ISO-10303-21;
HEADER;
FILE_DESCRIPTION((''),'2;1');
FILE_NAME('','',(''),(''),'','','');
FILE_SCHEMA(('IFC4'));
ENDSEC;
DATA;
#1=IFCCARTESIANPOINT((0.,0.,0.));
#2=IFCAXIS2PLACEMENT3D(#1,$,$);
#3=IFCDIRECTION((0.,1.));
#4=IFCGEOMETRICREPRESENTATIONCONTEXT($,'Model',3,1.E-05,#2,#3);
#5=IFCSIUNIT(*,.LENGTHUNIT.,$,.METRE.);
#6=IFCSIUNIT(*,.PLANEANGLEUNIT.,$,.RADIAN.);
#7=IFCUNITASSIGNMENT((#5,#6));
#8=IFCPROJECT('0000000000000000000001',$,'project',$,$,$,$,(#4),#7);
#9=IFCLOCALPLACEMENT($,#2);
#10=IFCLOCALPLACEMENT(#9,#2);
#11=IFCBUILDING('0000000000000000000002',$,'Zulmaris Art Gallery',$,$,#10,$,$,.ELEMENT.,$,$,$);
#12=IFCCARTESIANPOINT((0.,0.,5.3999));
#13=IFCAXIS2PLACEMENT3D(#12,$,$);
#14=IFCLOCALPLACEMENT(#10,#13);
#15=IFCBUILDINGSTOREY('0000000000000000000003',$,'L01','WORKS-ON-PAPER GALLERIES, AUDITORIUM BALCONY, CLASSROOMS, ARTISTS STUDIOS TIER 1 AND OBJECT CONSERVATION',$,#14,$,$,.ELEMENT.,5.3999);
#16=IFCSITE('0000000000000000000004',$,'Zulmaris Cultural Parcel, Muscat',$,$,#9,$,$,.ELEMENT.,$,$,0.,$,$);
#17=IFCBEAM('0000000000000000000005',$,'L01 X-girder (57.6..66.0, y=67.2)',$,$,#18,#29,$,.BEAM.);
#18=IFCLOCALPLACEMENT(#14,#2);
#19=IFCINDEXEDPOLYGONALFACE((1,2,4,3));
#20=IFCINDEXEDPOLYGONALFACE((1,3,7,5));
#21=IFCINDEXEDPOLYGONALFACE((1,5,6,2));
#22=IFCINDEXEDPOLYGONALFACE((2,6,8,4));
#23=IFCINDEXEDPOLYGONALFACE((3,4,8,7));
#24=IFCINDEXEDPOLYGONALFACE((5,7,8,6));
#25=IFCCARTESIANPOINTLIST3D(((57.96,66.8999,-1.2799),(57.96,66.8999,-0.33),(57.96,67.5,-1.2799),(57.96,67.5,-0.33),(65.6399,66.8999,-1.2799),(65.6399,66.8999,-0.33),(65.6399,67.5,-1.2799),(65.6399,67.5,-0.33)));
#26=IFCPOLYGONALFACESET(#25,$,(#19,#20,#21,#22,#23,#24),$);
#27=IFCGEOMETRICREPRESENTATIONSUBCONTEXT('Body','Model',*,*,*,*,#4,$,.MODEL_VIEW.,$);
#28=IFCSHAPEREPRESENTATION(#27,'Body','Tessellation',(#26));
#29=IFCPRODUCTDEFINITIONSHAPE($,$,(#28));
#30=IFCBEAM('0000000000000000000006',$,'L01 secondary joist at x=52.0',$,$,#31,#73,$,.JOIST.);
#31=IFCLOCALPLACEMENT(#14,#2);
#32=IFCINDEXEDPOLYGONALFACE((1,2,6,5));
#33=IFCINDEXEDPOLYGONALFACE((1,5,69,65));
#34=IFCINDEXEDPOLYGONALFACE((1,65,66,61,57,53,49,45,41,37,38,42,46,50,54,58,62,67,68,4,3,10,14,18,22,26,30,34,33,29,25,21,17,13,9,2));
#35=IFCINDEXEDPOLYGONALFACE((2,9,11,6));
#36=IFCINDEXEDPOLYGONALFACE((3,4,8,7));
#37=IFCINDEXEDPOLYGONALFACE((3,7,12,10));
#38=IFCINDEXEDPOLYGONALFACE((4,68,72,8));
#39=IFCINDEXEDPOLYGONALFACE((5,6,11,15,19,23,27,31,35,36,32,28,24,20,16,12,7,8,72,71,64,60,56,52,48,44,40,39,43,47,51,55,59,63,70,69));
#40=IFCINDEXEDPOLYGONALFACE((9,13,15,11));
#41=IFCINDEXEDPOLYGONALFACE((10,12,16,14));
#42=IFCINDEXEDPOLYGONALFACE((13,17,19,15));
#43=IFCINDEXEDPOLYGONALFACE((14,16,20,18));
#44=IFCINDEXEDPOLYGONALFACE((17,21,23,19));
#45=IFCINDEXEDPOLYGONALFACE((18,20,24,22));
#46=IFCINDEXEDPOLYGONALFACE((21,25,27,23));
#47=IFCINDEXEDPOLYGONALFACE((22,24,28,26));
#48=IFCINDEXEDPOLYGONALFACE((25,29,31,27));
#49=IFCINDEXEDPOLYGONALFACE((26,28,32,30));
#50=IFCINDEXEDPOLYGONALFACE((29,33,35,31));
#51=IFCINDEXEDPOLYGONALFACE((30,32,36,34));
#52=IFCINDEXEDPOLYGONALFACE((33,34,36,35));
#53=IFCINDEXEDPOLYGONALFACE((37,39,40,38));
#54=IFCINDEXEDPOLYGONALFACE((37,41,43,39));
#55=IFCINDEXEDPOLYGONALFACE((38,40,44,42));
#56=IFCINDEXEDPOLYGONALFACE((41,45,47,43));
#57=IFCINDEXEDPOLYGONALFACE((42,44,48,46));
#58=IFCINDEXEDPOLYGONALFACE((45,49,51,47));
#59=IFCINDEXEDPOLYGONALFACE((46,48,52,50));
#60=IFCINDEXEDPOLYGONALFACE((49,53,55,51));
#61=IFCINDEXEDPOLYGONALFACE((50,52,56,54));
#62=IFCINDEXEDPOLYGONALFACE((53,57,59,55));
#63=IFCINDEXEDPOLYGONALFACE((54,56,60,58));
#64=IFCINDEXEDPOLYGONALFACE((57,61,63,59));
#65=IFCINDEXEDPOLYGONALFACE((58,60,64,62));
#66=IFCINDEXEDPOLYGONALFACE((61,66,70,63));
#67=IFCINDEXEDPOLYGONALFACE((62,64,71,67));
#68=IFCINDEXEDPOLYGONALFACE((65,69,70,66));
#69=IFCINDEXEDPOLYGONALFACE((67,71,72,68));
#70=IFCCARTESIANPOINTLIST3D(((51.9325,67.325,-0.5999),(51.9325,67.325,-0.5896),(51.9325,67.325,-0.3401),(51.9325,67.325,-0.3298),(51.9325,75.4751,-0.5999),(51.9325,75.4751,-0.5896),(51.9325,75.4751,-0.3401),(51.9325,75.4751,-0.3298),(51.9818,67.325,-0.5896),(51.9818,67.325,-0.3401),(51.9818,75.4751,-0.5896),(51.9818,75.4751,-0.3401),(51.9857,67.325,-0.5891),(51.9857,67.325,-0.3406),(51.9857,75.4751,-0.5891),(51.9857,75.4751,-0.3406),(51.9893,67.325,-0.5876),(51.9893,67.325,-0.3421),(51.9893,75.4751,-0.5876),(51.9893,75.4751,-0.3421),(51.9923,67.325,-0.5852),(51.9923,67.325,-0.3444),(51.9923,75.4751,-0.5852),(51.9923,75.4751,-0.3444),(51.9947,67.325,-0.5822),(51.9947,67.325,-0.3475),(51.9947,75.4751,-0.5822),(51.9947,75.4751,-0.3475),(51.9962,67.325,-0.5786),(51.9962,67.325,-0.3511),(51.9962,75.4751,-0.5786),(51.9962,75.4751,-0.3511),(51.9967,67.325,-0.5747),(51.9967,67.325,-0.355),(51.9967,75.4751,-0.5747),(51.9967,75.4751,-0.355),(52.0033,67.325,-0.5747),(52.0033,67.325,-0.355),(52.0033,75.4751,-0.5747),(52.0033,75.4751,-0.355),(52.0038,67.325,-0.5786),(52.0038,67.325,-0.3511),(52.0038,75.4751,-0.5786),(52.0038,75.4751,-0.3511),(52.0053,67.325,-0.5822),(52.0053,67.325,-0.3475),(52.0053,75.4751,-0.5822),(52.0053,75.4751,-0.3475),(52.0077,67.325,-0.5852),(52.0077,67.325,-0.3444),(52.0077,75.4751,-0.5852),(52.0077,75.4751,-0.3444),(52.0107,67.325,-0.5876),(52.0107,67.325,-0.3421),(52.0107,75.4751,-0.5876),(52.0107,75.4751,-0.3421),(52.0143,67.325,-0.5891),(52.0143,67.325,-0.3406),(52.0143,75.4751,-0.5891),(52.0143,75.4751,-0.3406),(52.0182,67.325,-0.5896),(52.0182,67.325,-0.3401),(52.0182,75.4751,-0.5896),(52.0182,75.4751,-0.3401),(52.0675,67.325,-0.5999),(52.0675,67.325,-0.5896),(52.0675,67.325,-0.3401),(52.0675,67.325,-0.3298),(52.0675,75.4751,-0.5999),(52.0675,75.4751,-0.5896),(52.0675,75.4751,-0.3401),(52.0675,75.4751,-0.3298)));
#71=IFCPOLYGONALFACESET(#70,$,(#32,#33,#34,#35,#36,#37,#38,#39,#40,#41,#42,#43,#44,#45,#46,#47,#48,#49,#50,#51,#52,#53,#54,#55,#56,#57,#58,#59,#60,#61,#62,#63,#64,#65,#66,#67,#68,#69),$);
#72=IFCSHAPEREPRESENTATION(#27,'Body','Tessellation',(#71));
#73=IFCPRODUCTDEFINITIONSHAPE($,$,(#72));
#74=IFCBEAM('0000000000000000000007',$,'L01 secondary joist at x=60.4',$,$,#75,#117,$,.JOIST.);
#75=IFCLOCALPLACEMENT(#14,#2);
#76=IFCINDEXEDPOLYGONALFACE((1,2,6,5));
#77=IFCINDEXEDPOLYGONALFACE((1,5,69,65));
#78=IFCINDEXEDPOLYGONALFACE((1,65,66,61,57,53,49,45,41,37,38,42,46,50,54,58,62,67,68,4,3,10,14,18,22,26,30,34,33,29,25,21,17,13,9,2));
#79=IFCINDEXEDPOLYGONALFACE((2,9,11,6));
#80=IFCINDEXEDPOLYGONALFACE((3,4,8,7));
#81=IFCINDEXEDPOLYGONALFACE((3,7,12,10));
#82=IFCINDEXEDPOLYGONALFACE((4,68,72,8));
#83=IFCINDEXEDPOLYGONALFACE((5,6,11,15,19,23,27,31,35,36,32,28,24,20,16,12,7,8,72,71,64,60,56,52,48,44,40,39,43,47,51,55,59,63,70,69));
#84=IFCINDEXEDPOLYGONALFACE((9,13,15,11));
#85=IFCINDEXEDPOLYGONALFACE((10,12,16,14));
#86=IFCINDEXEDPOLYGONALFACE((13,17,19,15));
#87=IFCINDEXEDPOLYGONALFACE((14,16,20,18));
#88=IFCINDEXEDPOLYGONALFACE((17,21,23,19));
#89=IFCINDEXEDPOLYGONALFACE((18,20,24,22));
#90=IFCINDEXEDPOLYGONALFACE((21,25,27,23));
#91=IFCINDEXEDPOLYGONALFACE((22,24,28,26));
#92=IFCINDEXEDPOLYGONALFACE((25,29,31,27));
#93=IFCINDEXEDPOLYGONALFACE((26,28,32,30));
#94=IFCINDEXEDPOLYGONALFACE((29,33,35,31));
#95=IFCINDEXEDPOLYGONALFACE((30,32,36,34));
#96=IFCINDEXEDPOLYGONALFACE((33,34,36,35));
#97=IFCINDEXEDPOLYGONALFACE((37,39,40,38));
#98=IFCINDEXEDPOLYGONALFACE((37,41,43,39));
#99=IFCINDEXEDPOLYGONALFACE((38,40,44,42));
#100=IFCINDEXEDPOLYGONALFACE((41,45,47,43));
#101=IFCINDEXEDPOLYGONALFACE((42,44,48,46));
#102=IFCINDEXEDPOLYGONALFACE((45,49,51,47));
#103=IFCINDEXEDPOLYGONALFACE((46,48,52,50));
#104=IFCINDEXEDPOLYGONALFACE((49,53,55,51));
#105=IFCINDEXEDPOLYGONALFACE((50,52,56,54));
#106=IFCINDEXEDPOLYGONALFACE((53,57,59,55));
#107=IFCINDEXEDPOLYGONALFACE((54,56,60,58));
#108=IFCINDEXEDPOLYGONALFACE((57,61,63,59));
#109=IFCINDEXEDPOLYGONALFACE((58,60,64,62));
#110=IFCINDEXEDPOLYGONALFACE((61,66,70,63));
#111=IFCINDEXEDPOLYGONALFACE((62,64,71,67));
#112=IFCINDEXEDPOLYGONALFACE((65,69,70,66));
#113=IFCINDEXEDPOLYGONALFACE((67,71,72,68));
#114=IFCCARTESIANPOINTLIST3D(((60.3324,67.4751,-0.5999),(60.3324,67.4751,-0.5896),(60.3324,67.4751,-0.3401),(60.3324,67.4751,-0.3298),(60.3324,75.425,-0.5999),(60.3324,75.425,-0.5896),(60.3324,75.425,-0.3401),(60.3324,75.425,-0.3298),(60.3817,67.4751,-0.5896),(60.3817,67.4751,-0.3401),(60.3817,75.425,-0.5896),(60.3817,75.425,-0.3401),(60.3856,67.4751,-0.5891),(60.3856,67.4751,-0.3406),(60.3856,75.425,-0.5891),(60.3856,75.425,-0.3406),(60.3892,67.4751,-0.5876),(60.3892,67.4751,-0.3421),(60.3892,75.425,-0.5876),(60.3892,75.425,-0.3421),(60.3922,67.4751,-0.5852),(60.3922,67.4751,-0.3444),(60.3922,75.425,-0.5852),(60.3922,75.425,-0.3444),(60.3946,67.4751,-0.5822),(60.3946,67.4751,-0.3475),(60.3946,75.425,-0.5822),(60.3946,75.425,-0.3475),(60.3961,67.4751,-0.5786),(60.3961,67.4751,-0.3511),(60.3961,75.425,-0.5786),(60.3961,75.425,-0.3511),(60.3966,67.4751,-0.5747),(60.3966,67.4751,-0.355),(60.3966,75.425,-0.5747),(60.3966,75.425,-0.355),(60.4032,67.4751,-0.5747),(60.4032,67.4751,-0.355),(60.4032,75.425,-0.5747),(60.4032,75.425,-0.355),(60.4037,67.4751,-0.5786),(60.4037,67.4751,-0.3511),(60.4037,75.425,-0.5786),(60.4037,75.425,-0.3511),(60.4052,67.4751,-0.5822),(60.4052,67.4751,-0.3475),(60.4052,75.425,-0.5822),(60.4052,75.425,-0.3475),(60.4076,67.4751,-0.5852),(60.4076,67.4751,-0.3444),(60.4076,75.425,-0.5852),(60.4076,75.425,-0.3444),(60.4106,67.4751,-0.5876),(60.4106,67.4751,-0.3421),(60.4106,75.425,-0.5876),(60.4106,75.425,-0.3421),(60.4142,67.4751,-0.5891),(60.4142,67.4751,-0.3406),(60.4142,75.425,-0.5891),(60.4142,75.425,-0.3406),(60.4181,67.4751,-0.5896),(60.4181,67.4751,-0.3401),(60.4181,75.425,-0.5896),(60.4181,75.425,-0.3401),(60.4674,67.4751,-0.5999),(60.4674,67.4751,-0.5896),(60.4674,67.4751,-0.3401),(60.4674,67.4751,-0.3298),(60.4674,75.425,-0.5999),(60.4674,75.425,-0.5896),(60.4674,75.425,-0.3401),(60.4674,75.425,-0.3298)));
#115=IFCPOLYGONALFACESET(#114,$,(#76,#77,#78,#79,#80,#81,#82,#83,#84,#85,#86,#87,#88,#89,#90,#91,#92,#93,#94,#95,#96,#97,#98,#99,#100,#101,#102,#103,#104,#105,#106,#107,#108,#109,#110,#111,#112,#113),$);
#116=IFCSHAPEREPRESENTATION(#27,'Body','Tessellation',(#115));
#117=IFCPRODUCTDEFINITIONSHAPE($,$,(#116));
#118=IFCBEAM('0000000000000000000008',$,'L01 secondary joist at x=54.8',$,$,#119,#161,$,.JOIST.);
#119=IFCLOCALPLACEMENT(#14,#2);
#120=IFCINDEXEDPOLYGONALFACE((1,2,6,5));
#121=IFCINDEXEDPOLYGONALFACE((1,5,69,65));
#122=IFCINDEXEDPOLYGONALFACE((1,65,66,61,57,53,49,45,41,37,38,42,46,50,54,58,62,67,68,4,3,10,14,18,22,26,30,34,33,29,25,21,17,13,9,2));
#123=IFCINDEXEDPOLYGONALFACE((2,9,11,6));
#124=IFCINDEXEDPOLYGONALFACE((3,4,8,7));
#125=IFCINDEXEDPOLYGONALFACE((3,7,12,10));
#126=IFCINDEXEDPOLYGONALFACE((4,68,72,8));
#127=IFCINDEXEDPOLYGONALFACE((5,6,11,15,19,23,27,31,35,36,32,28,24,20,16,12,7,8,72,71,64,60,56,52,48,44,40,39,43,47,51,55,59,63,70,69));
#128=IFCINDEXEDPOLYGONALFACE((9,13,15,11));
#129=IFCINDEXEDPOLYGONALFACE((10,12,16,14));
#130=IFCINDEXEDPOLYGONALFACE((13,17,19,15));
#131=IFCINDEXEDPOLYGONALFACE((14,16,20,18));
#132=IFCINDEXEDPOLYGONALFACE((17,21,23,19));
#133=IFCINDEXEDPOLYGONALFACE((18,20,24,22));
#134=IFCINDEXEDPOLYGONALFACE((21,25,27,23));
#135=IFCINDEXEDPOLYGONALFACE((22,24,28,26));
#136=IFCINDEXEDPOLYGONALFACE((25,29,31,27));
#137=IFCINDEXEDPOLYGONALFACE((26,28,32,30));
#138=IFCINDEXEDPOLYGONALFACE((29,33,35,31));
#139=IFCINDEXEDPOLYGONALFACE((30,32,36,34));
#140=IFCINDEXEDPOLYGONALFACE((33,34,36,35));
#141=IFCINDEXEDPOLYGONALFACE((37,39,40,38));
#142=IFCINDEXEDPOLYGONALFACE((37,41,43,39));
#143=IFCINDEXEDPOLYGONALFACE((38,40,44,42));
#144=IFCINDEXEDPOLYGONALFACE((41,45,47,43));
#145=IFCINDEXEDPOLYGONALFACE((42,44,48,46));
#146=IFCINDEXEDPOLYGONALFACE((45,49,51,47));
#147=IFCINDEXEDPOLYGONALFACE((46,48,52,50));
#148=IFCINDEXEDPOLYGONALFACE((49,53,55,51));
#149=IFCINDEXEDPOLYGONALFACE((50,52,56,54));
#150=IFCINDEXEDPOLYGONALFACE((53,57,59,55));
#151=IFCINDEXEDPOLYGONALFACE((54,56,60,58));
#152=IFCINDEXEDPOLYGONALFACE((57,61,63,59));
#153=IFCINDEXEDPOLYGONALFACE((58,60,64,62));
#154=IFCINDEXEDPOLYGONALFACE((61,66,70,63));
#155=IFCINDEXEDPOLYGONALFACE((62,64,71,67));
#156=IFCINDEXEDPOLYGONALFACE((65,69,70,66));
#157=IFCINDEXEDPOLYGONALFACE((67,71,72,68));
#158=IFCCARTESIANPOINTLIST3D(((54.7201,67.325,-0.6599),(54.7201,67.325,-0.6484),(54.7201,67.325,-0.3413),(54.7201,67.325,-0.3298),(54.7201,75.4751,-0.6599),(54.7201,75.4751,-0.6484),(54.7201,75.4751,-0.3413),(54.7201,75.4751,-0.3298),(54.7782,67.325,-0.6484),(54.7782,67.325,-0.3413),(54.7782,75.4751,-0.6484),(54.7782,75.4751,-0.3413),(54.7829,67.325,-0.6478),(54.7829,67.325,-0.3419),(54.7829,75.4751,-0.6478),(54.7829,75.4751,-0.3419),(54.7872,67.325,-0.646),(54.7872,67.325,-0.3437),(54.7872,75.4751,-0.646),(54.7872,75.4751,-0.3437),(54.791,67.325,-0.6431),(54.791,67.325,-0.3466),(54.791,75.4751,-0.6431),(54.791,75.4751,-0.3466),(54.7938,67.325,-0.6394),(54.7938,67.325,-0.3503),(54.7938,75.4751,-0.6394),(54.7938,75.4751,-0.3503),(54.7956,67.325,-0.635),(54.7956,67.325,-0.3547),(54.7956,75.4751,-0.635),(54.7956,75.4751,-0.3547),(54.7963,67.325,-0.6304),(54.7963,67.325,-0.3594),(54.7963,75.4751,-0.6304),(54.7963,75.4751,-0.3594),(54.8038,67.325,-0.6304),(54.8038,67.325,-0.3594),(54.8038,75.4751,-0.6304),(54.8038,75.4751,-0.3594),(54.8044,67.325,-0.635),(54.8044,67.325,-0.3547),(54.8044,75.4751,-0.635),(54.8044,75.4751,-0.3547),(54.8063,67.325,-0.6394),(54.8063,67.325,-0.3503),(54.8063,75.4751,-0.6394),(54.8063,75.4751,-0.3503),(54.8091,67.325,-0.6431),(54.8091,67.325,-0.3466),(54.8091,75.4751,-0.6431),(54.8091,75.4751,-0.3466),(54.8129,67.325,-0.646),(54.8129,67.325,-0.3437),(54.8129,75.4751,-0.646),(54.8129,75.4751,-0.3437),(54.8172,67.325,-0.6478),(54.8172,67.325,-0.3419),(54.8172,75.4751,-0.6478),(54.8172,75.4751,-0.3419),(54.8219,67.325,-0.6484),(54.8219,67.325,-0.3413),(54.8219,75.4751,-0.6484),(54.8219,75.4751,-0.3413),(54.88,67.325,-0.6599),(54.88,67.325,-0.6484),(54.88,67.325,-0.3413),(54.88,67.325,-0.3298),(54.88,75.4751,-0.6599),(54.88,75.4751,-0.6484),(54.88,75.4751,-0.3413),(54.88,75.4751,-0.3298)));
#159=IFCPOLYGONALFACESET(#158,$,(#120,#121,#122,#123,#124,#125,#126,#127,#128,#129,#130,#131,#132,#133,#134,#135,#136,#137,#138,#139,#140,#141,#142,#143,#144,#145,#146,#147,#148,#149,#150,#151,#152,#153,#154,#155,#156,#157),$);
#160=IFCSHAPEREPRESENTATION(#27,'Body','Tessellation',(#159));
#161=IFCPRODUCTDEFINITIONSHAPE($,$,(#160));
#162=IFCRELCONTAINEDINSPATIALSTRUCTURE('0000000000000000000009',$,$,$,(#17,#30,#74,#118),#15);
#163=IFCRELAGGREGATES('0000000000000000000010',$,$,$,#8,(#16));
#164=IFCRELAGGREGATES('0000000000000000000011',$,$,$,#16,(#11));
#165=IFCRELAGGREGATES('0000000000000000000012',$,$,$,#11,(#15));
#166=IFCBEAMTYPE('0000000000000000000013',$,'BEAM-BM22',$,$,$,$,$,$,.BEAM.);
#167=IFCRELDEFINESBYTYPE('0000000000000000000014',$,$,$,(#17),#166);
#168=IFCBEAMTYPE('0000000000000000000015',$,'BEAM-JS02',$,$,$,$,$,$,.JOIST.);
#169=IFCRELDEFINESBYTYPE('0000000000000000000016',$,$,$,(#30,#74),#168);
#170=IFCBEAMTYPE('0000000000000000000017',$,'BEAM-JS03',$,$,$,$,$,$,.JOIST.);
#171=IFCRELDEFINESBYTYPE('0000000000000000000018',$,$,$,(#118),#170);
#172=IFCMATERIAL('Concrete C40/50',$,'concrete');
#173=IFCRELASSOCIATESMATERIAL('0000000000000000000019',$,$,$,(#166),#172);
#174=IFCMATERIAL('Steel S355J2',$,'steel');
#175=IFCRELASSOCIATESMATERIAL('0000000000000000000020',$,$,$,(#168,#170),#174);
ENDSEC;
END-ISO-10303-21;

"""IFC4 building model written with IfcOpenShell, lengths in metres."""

from ifc_helpers import new_model, si_unit, direction, frame, origin, origin_2d, place, context, subcontext, project, spatial, rectangle, i_section, extrude, material, material_profile, profile_set, type_object, element, save


model = new_model("IFC4")

# Units and contexts
model_context = context("Model", 3, precision=1e-05, world=origin(), true_north=direction((0.0, 1.0)))
body_context = subcontext(model_context, "Body", "Model", "MODEL_VIEW")
ifc_project = project(units=[si_unit("LENGTHUNIT", "METRE"), si_unit("PLANEANGLEUNIT", "RADIAN")], contexts=[model_context])

# Site, building, storey
site_placement = place(None, origin())
site = spatial("IfcSite", under=ifc_project, at=site_placement, Name="Zulmaris Cultural Parcel, Muscat", CompositionType="ELEMENT", RefElevation=0.0)
building_placement = place(site_placement, origin())
building = spatial("IfcBuilding", under=site, at=building_placement, Name="Zulmaris Art Gallery", CompositionType="ELEMENT")
storey_placement = place(building_placement, frame((0.0, 0.0, 5.3999)))
storey = spatial("IfcBuildingStorey", under=building, at=storey_placement, Name="L01", Description="WORKS-ON-PAPER GALLERIES, AUDITORIUM BALCONY, CLASSROOMS, ARTISTS STUDIOS TIER 1 AND OBJECT CONSERVATION", CompositionType="ELEMENT", Elevation=5.3999)

# Shared definitions
ifc_material_1 = material(Name="Concrete C40/50", Category="concrete")

# Beams
ifc_material_2 = material(Name="Steel S355J2", Category="steel")
ifc_material_profile_1 = material_profile(ifc_material_1, rectangle(XDim=0.6001, YDim=0.95, at=origin_2d()), Name="RC 600x950")
ifc_profile_set_1 = profile_set([ifc_material_profile_1], Name="Concrete C40/50")
beam_type_1 = type_object("IfcBeamType", Name="BEAM-BM22", PredefinedType="BEAM", material=ifc_profile_set_1)
beam_1_placement = place(storey_placement, frame((57.96, 67.2, -0.8049), z_axis=(1.0, 0.0, 0.0), x_axis=(0.0, 1.0, 0.0)))
element("IfcBeam", 1, at=beam_1_placement, inside=storey, type_object=beam_type_1, Name="L01 X-girder (57.6..66.0, y=67.2)", PredefinedType="BEAM", context=body_context, shape_type="SweptSolid", body=[
    extrude(rectangle(XDim=0.6001, YDim=0.95, at=origin_2d()), origin(), (0.0, 0.0, 1.0), 7.6799),
])
ifc_material_profile_2 = material_profile(ifc_material_2, i_section(OverallWidth=0.135, OverallDepth=0.27, WebThickness=0.0066, FlangeThickness=0.0103, FilletRadius=0.0149, at=origin_2d()), Name="IPE 270")
ifc_profile_set_2 = profile_set([ifc_material_profile_2], Name="Steel S355J2")
beam_type_2 = type_object("IfcBeamType", Name="BEAM-JS02", PredefinedType="JOIST", material=ifc_profile_set_2)
beam_2_placement = place(storey_placement, frame((52.0, 67.325, -0.4648), z_axis=(0.0, 1.0, 0.0), x_axis=(-1.0, 0.0, 0.0)))
element("IfcBeam", 2, at=beam_2_placement, inside=storey, type_object=beam_type_2, Name="L01 secondary joist at x=52.0", PredefinedType="JOIST", context=body_context, shape_type="SweptSolid", body=[
    extrude(i_section(OverallWidth=0.135, OverallDepth=0.27, WebThickness=0.0066, FlangeThickness=0.0103, FilletRadius=0.0149, at=origin_2d()), origin(), (0.0, 0.0, 1.0), 8.1501),
])
beam_3_placement = place(storey_placement, frame((60.3999, 67.4751, -0.4648), z_axis=(0.0, 1.0, 0.0), x_axis=(-1.0, 0.0, 0.0)))
element("IfcBeam", 3, at=beam_3_placement, inside=storey, type_object=beam_type_2, Name="L01 secondary joist at x=60.4", PredefinedType="JOIST", context=body_context, shape_type="SweptSolid", body=[
    extrude(i_section(OverallWidth=0.135, OverallDepth=0.27, WebThickness=0.0066, FlangeThickness=0.0103, FilletRadius=0.0149, at=origin_2d()), origin(), (0.0, 0.0, 1.0), 7.95),
])
ifc_material_profile_3 = material_profile(ifc_material_2, i_section(OverallWidth=0.1599, OverallDepth=0.3301, WebThickness=0.0076, FlangeThickness=0.0115, FilletRadius=0.0181, at=origin_2d()), Name="IPE 330")
ifc_profile_set_3 = profile_set([ifc_material_profile_3], Name="Steel S355J2")
beam_type_3 = type_object("IfcBeamType", Name="BEAM-JS03", PredefinedType="JOIST", material=ifc_profile_set_3)
beam_4_placement = place(storey_placement, frame((54.8, 67.325, -0.4949), z_axis=(0.0, 1.0, 0.0), x_axis=(-1.0, 0.0, 0.0)))
element("IfcBeam", 4, at=beam_4_placement, inside=storey, type_object=beam_type_3, Name="L01 secondary joist at x=54.8", PredefinedType="JOIST", context=body_context, shape_type="SweptSolid", body=[
    extrude(i_section(OverallWidth=0.1599, OverallDepth=0.3301, WebThickness=0.0076, FlangeThickness=0.0115, FilletRadius=0.0181, at=origin_2d()), origin(), (0.0, 0.0, 1.0), 8.1501),
])

save(model, "model.ifc")
